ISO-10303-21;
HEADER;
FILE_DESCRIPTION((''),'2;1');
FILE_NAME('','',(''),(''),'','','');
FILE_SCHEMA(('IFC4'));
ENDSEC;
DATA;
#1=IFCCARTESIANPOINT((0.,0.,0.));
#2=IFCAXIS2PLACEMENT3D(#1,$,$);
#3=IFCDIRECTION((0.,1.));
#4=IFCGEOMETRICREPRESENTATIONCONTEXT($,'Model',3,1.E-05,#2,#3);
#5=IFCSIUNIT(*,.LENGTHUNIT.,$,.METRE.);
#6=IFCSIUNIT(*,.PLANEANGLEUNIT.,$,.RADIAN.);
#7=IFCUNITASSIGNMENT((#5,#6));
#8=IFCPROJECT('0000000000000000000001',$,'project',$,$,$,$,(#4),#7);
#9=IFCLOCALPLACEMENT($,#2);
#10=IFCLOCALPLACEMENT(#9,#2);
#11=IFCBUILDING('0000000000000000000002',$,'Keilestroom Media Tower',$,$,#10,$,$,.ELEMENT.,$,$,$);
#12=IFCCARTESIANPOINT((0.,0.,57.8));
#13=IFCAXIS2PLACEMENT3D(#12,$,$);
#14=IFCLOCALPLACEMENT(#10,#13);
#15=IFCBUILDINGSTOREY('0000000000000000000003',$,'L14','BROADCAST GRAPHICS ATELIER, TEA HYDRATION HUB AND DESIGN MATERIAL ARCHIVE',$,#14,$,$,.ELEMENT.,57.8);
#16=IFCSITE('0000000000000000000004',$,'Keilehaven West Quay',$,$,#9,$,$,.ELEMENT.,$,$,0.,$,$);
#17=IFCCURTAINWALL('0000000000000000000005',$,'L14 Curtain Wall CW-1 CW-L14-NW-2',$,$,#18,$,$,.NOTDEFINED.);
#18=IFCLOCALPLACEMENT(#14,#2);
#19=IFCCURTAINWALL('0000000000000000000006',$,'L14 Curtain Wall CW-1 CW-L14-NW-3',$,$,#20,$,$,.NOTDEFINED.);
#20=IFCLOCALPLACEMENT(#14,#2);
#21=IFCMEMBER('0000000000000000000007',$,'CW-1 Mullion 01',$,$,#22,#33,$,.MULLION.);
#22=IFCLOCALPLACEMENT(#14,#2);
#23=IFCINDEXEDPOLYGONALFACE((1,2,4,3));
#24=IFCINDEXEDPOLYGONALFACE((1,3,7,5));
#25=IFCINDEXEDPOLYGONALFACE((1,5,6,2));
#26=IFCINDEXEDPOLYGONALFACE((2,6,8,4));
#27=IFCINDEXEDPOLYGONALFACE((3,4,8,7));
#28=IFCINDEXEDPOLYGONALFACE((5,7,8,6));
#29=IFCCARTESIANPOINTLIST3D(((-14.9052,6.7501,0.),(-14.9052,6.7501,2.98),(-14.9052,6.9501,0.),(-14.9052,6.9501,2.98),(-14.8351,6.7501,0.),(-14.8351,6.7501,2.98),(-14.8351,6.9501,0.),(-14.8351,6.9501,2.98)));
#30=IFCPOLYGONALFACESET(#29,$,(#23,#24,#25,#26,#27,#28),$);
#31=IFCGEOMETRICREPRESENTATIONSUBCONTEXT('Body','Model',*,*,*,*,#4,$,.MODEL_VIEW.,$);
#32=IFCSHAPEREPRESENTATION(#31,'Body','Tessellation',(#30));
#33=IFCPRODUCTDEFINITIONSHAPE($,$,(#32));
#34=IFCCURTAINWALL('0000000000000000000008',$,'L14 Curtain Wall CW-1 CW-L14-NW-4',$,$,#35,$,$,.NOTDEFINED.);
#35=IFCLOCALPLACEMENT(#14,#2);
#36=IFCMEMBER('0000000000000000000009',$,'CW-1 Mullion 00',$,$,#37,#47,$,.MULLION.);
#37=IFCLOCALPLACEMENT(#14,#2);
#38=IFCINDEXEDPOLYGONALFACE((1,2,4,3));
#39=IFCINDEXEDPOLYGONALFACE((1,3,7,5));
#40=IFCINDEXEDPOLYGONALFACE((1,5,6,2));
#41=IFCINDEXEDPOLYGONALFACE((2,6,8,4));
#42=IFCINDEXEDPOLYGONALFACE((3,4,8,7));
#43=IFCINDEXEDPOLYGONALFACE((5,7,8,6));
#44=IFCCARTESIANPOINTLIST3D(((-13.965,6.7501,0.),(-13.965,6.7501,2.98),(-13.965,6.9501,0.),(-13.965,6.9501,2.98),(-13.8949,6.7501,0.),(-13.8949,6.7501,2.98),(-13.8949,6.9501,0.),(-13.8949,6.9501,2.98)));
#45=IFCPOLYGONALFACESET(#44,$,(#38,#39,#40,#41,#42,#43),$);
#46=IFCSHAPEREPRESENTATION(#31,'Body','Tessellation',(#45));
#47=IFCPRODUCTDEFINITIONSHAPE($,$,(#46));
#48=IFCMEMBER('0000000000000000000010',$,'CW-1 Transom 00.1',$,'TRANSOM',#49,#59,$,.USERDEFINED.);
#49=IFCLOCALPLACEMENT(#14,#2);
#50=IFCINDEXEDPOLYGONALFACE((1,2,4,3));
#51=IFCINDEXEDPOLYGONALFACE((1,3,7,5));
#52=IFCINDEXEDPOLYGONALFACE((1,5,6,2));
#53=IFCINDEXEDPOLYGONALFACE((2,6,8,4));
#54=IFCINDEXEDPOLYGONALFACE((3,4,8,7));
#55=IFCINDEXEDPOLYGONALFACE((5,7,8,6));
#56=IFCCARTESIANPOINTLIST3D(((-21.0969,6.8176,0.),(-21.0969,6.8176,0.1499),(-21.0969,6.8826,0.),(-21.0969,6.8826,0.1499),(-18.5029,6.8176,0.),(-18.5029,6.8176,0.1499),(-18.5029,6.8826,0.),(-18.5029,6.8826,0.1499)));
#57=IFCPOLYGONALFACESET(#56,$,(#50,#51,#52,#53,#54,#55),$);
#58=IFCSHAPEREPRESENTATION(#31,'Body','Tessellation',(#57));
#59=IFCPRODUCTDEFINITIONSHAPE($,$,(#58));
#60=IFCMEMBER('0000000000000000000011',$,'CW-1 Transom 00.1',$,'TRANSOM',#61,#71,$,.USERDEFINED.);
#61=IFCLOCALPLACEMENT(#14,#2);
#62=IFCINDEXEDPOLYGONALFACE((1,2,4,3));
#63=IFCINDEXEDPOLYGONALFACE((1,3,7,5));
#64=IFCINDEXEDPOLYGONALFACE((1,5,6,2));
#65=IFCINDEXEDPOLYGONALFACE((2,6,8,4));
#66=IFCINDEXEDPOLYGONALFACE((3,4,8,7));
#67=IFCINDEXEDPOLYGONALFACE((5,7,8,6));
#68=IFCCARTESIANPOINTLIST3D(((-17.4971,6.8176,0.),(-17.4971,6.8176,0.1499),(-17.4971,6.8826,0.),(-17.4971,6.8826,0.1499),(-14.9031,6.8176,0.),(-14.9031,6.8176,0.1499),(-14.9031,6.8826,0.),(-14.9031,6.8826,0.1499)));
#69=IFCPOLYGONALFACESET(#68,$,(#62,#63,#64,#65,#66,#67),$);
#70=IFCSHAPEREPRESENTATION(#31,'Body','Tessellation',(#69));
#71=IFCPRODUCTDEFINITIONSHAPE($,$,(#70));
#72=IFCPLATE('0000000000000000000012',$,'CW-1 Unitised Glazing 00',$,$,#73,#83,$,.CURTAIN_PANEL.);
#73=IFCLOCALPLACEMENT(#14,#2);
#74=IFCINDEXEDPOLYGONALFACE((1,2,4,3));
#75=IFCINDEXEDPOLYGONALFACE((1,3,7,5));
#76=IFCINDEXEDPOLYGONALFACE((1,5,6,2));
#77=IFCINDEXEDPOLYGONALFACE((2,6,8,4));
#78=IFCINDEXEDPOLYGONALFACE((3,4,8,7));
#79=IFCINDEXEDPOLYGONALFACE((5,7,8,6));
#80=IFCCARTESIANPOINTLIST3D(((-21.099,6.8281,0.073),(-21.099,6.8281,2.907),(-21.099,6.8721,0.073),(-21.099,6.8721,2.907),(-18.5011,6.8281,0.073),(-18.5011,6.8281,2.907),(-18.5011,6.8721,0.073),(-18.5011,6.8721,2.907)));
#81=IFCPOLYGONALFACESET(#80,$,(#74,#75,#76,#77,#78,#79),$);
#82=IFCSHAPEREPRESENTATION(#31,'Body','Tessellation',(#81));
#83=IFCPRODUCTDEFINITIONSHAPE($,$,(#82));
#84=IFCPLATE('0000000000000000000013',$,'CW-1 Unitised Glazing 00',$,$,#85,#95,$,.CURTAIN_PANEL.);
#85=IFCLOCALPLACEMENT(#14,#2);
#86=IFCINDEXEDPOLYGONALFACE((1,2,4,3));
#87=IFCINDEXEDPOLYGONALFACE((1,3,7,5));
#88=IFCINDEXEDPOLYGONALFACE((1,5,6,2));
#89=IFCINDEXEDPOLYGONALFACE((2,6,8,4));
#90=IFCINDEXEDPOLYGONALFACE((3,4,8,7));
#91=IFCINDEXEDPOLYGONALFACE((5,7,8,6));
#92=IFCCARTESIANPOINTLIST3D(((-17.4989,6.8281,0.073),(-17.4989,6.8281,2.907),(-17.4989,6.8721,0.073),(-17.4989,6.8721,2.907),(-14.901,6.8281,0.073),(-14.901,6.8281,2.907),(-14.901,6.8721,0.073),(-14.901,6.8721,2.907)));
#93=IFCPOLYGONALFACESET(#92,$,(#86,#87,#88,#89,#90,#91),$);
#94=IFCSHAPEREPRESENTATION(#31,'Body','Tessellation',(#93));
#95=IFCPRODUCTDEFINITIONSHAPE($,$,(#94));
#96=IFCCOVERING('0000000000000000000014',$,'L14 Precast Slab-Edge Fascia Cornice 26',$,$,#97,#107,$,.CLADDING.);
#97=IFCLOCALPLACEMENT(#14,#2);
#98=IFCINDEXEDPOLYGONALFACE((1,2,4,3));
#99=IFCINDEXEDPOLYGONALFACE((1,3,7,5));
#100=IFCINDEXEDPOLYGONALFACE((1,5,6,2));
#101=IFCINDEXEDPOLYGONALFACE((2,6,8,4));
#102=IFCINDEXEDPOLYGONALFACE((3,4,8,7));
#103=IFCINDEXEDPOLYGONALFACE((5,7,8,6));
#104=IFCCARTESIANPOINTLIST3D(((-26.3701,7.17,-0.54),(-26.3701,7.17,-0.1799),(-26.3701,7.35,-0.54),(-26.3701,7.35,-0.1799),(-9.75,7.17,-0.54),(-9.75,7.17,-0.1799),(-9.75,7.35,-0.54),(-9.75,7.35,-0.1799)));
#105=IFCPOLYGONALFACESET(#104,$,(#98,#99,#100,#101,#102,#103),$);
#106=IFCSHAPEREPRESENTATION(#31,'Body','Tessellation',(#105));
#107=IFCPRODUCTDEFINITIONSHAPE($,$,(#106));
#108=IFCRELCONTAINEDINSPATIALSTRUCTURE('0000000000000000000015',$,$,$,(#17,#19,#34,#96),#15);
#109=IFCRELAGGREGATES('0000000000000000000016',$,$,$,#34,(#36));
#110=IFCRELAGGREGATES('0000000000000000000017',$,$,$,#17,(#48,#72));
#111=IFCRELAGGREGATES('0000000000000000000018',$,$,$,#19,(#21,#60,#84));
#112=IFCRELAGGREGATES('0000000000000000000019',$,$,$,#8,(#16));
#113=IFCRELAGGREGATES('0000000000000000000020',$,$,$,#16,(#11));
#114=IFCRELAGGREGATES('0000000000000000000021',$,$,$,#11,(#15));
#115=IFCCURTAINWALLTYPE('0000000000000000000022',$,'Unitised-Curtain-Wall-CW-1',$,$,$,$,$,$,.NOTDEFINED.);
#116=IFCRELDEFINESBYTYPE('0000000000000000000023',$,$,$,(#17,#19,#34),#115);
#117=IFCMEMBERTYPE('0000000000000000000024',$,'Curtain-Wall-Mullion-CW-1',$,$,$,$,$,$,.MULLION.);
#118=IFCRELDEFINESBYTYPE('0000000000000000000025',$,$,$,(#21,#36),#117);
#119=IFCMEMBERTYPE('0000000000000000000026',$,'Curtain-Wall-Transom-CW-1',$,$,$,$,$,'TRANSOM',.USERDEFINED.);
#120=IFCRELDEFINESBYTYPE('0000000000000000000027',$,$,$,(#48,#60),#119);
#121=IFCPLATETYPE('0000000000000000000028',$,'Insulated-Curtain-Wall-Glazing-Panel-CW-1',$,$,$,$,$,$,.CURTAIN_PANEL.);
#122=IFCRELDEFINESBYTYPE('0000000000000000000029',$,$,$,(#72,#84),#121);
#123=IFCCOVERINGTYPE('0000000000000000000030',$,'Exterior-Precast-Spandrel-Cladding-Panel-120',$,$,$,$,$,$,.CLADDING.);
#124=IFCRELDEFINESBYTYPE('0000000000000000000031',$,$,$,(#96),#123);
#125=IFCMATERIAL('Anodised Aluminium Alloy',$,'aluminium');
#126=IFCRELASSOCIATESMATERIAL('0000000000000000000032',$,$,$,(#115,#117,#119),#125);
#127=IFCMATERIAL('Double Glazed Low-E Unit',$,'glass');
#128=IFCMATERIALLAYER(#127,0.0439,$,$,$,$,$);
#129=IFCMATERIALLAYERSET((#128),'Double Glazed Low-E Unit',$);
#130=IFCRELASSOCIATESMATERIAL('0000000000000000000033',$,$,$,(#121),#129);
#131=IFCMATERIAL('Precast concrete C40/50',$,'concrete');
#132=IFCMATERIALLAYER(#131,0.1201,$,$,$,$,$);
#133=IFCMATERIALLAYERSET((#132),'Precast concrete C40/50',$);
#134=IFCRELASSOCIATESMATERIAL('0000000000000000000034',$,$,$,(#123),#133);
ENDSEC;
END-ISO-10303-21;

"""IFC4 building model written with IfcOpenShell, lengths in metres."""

from ifc_helpers import new_model, si_unit, direction, frame, origin, origin_2d, place, context, subcontext, project, spatial, rectangle, extrude, source, transform, mapped, material, layer, layer_set, material_profile, profile_set, type_object, element, aggregate, save


model = new_model("IFC4")

# Units and contexts
model_context = context("Model", 3, precision=1e-05, world=origin(), true_north=direction((0.0, 1.0)))
body_context = subcontext(model_context, "Body", "Model", "MODEL_VIEW")
ifc_project = project(units=[si_unit("LENGTHUNIT", "METRE"), si_unit("PLANEANGLEUNIT", "RADIAN")], contexts=[model_context])

# Site, building, storey
site_placement = place(None, origin())
site = spatial("IfcSite", under=ifc_project, at=site_placement, Name="Keilehaven West Quay", CompositionType="ELEMENT", RefElevation=0.0)
building_placement = place(site_placement, origin())
building = spatial("IfcBuilding", under=site, at=building_placement, Name="Keilestroom Media Tower", CompositionType="ELEMENT")
storey_placement = place(building_placement, frame((0.0, 0.0, 57.8)))
storey = spatial("IfcBuildingStorey", under=building, at=storey_placement, Name="L14", Description="BROADCAST GRAPHICS ATELIER, TEA HYDRATION HUB AND DESIGN MATERIAL ARCHIVE", CompositionType="ELEMENT", Elevation=57.8)

# Shared definitions
ifc_material_1 = material(Name="Precast concrete C40/50", Category="concrete")

# Shared definitions
ifc_material_2 = material(Name="Anodised Aluminium Alloy", Category="aluminium")
curtain_wall_type = type_object("IfcCurtainWallType", Name="Unitised-Curtain-Wall-CW-1", PredefinedType="NOTDEFINED", material=ifc_material_2)
ifc_material_profile_1 = material_profile(ifc_material_2, rectangle(XDim=0.0701, YDim=0.2, at=origin_2d()), Name="ALU MULLION 70x200")
ifc_profile_set_1 = profile_set([ifc_material_profile_1], Name="Anodised Aluminium Alloy")
member_type_1 = type_object("IfcMemberType", Name="Curtain-Wall-Mullion-CW-1", PredefinedType="MULLION", material=ifc_profile_set_1)
shared_shape_1 = source(origin(), body_context, "Body", "SweptSolid", [
    extrude(rectangle(XDim=0.0701, YDim=0.2, at=origin_2d()), origin(), (0.0, 0.0, 1.0), 2.98),
])

# Curtain walls, member
curtain_wall_1_placement = place(storey_placement, origin())
curtain_wall_1 = element("IfcCurtainWall", 1, at=curtain_wall_1_placement, inside=storey, type_object=curtain_wall_type, Name="L14 Curtain Wall CW-1 CW-L14-NW-2", PredefinedType="NOTDEFINED")
curtain_wall_2_placement = place(storey_placement, origin())
curtain_wall_2 = element("IfcCurtainWall", 2, at=curtain_wall_2_placement, inside=storey, type_object=curtain_wall_type, Name="L14 Curtain Wall CW-1 CW-L14-NW-3", PredefinedType="NOTDEFINED")
member_1_placement = place(storey_placement, frame((-14.8701, 6.8501, 0.0), z_axis=(0.0, 0.0, 1.0), x_axis=(1.0, 0.0, 0.0)))
member_1 = element("IfcMember", 3, at=member_1_placement, type_object=member_type_1, Name="CW-1 Mullion 01", PredefinedType="MULLION", context=body_context, shape_type="MappedRepresentation", body=[
    mapped(shared_shape_1, transform((0.0, 0.0, 0.0), x_axis=(1.0, 0.0, 0.0), y_axis=(0.0, 1.0, 0.0), z_axis=(0.0, 0.0, 1.0), scale=1.0)),
])

# Curtain wall, member
curtain_wall_3_placement = place(storey_placement, origin())
curtain_wall_3 = element("IfcCurtainWall", 4, at=curtain_wall_3_placement, inside=storey, type_object=curtain_wall_type, Name="L14 Curtain Wall CW-1 CW-L14-NW-4", PredefinedType="NOTDEFINED")
member_2_placement = place(storey_placement, frame((-13.9299, 6.8501, 0.0), z_axis=(0.0, 0.0, 1.0), x_axis=(1.0, 0.0, 0.0)))
member_2 = element("IfcMember", 5, at=member_2_placement, type_object=member_type_1, Name="CW-1 Mullion 00", PredefinedType="MULLION", context=body_context, shape_type="MappedRepresentation", body=[
    mapped(shared_shape_1, transform((0.0, 0.0, 0.0), x_axis=(1.0, 0.0, 0.0), y_axis=(0.0, 1.0, 0.0), z_axis=(0.0, 0.0, 1.0), scale=1.0)),
])
aggregate(curtain_wall_3, [member_2])

# Members
ifc_material_profile_2 = material_profile(ifc_material_2, rectangle(XDim=0.0649, YDim=0.1499, at=origin_2d()), Name="ALU TRANSOM 65x150")
ifc_profile_set_2 = profile_set([ifc_material_profile_2], Name="Anodised Aluminium Alloy")
member_type_2 = type_object("IfcMemberType", Name="Curtain-Wall-Transom-CW-1", ElementType="TRANSOM", PredefinedType="USERDEFINED", material=ifc_profile_set_2)
shared_shape_2 = source(origin(), body_context, "Body", "SweptSolid", [
    extrude(rectangle(XDim=0.0649, YDim=0.1499, at=origin_2d()), origin(), (0.0, 0.0, 1.0), 2.594),
])
member_3_placement = place(storey_placement, frame((-21.0969, 6.8501, 0.075), z_axis=(1.0, 0.0, 0.0), x_axis=(0.0, 1.0, 0.0)))
member_3 = element("IfcMember", 6, at=member_3_placement, type_object=member_type_2, Name="CW-1 Transom 00.1", ObjectType="TRANSOM", PredefinedType="USERDEFINED", context=body_context, shape_type="MappedRepresentation", body=[
    mapped(shared_shape_2, transform((0.0, 0.0, 0.0), x_axis=(1.0, 0.0, 0.0), y_axis=(0.0, 1.0, 0.0), z_axis=(0.0, 0.0, 1.0), scale=1.0)),
])
member_4_placement = place(storey_placement, frame((-17.4971, 6.8501, 0.075), z_axis=(1.0, 0.0, 0.0), x_axis=(0.0, 1.0, 0.0)))
member_4 = element("IfcMember", 7, at=member_4_placement, type_object=member_type_2, Name="CW-1 Transom 00.1", ObjectType="TRANSOM", PredefinedType="USERDEFINED", context=body_context, shape_type="MappedRepresentation", body=[
    mapped(shared_shape_2, transform((0.0, 0.0, 0.0), x_axis=(1.0, 0.0, 0.0), y_axis=(0.0, 1.0, 0.0), z_axis=(0.0, 0.0, 1.0), scale=1.0)),
])

# Plates
ifc_material_3 = material(Name="Double Glazed Low-E Unit", Category="glass")
ifc_layer_1 = layer(ifc_material_3, 0.0439)
ifc_layer_set_1 = layer_set([ifc_layer_1], Name="Double Glazed Low-E Unit")
plate_type = type_object("IfcPlateType", Name="Insulated-Curtain-Wall-Glazing-Panel-CW-1", PredefinedType="CURTAIN_PANEL", material=ifc_layer_set_1)
shared_shape_3 = source(origin(), body_context, "Body", "SweptSolid", [
    extrude(rectangle(XDim=2.5979, YDim=0.0439, at=origin_2d()), origin(), (0.0, 0.0, 1.0), 2.834),
])
plate_1_placement = place(storey_placement, frame((-19.8, 6.8501, 0.073), z_axis=(0.0, 0.0, 1.0), x_axis=(1.0, 0.0, 0.0)))
plate_1 = element("IfcPlate", 8, at=plate_1_placement, type_object=plate_type, Name="CW-1 Unitised Glazing 00", PredefinedType="CURTAIN_PANEL", context=body_context, shape_type="MappedRepresentation", body=[
    mapped(shared_shape_3, transform((0.0, 0.0, 0.0), x_axis=(1.0, 0.0, 0.0), y_axis=(0.0, 1.0, 0.0), z_axis=(0.0, 0.0, 1.0), scale=1.0)),
])
aggregate(curtain_wall_1, [member_3, plate_1])
plate_2_placement = place(storey_placement, frame((-16.2, 6.8501, 0.073), z_axis=(0.0, 0.0, 1.0), x_axis=(1.0, 0.0, 0.0)))
plate_2 = element("IfcPlate", 9, at=plate_2_placement, type_object=plate_type, Name="CW-1 Unitised Glazing 00", PredefinedType="CURTAIN_PANEL", context=body_context, shape_type="MappedRepresentation", body=[
    mapped(shared_shape_3, transform((0.0, 0.0, 0.0), x_axis=(1.0, 0.0, 0.0), y_axis=(0.0, 1.0, 0.0), z_axis=(0.0, 0.0, 1.0), scale=1.0)),
])
aggregate(curtain_wall_2, [member_1, member_4, plate_2])

# Covering
ifc_layer_2 = layer(ifc_material_1, 0.1201)
ifc_layer_set_2 = layer_set([ifc_layer_2], Name="Precast concrete C40/50")
covering_type = type_object("IfcCoveringType", Name="Exterior-Precast-Spandrel-Cladding-Panel-120", PredefinedType="CLADDING", material=ifc_layer_set_2)
shared_shape_4 = source(origin(), body_context, "Body", "SweptSolid", [
    extrude(rectangle(XDim=16.6201, YDim=0.1799, at=origin_2d()), origin(), (0.0, 0.0, 1.0), 0.3601),
])
covering_placement = place(storey_placement, frame((-18.0601, 7.26, -0.54), z_axis=(0.0, 0.0, 1.0), x_axis=(1.0, 0.0, 0.0)))
element("IfcCovering", 10, at=covering_placement, inside=storey, type_object=covering_type, Name="L14 Precast Slab-Edge Fascia Cornice 26", PredefinedType="CLADDING", context=body_context, shape_type="MappedRepresentation", body=[
    mapped(shared_shape_4, transform((0.0, 0.0, 0.0), x_axis=(1.0, 0.0, 0.0), y_axis=(0.0, 1.0, 0.0), z_axis=(0.0, 0.0, 1.0), scale=1.0)),
])

save(model, "model.ifc")
